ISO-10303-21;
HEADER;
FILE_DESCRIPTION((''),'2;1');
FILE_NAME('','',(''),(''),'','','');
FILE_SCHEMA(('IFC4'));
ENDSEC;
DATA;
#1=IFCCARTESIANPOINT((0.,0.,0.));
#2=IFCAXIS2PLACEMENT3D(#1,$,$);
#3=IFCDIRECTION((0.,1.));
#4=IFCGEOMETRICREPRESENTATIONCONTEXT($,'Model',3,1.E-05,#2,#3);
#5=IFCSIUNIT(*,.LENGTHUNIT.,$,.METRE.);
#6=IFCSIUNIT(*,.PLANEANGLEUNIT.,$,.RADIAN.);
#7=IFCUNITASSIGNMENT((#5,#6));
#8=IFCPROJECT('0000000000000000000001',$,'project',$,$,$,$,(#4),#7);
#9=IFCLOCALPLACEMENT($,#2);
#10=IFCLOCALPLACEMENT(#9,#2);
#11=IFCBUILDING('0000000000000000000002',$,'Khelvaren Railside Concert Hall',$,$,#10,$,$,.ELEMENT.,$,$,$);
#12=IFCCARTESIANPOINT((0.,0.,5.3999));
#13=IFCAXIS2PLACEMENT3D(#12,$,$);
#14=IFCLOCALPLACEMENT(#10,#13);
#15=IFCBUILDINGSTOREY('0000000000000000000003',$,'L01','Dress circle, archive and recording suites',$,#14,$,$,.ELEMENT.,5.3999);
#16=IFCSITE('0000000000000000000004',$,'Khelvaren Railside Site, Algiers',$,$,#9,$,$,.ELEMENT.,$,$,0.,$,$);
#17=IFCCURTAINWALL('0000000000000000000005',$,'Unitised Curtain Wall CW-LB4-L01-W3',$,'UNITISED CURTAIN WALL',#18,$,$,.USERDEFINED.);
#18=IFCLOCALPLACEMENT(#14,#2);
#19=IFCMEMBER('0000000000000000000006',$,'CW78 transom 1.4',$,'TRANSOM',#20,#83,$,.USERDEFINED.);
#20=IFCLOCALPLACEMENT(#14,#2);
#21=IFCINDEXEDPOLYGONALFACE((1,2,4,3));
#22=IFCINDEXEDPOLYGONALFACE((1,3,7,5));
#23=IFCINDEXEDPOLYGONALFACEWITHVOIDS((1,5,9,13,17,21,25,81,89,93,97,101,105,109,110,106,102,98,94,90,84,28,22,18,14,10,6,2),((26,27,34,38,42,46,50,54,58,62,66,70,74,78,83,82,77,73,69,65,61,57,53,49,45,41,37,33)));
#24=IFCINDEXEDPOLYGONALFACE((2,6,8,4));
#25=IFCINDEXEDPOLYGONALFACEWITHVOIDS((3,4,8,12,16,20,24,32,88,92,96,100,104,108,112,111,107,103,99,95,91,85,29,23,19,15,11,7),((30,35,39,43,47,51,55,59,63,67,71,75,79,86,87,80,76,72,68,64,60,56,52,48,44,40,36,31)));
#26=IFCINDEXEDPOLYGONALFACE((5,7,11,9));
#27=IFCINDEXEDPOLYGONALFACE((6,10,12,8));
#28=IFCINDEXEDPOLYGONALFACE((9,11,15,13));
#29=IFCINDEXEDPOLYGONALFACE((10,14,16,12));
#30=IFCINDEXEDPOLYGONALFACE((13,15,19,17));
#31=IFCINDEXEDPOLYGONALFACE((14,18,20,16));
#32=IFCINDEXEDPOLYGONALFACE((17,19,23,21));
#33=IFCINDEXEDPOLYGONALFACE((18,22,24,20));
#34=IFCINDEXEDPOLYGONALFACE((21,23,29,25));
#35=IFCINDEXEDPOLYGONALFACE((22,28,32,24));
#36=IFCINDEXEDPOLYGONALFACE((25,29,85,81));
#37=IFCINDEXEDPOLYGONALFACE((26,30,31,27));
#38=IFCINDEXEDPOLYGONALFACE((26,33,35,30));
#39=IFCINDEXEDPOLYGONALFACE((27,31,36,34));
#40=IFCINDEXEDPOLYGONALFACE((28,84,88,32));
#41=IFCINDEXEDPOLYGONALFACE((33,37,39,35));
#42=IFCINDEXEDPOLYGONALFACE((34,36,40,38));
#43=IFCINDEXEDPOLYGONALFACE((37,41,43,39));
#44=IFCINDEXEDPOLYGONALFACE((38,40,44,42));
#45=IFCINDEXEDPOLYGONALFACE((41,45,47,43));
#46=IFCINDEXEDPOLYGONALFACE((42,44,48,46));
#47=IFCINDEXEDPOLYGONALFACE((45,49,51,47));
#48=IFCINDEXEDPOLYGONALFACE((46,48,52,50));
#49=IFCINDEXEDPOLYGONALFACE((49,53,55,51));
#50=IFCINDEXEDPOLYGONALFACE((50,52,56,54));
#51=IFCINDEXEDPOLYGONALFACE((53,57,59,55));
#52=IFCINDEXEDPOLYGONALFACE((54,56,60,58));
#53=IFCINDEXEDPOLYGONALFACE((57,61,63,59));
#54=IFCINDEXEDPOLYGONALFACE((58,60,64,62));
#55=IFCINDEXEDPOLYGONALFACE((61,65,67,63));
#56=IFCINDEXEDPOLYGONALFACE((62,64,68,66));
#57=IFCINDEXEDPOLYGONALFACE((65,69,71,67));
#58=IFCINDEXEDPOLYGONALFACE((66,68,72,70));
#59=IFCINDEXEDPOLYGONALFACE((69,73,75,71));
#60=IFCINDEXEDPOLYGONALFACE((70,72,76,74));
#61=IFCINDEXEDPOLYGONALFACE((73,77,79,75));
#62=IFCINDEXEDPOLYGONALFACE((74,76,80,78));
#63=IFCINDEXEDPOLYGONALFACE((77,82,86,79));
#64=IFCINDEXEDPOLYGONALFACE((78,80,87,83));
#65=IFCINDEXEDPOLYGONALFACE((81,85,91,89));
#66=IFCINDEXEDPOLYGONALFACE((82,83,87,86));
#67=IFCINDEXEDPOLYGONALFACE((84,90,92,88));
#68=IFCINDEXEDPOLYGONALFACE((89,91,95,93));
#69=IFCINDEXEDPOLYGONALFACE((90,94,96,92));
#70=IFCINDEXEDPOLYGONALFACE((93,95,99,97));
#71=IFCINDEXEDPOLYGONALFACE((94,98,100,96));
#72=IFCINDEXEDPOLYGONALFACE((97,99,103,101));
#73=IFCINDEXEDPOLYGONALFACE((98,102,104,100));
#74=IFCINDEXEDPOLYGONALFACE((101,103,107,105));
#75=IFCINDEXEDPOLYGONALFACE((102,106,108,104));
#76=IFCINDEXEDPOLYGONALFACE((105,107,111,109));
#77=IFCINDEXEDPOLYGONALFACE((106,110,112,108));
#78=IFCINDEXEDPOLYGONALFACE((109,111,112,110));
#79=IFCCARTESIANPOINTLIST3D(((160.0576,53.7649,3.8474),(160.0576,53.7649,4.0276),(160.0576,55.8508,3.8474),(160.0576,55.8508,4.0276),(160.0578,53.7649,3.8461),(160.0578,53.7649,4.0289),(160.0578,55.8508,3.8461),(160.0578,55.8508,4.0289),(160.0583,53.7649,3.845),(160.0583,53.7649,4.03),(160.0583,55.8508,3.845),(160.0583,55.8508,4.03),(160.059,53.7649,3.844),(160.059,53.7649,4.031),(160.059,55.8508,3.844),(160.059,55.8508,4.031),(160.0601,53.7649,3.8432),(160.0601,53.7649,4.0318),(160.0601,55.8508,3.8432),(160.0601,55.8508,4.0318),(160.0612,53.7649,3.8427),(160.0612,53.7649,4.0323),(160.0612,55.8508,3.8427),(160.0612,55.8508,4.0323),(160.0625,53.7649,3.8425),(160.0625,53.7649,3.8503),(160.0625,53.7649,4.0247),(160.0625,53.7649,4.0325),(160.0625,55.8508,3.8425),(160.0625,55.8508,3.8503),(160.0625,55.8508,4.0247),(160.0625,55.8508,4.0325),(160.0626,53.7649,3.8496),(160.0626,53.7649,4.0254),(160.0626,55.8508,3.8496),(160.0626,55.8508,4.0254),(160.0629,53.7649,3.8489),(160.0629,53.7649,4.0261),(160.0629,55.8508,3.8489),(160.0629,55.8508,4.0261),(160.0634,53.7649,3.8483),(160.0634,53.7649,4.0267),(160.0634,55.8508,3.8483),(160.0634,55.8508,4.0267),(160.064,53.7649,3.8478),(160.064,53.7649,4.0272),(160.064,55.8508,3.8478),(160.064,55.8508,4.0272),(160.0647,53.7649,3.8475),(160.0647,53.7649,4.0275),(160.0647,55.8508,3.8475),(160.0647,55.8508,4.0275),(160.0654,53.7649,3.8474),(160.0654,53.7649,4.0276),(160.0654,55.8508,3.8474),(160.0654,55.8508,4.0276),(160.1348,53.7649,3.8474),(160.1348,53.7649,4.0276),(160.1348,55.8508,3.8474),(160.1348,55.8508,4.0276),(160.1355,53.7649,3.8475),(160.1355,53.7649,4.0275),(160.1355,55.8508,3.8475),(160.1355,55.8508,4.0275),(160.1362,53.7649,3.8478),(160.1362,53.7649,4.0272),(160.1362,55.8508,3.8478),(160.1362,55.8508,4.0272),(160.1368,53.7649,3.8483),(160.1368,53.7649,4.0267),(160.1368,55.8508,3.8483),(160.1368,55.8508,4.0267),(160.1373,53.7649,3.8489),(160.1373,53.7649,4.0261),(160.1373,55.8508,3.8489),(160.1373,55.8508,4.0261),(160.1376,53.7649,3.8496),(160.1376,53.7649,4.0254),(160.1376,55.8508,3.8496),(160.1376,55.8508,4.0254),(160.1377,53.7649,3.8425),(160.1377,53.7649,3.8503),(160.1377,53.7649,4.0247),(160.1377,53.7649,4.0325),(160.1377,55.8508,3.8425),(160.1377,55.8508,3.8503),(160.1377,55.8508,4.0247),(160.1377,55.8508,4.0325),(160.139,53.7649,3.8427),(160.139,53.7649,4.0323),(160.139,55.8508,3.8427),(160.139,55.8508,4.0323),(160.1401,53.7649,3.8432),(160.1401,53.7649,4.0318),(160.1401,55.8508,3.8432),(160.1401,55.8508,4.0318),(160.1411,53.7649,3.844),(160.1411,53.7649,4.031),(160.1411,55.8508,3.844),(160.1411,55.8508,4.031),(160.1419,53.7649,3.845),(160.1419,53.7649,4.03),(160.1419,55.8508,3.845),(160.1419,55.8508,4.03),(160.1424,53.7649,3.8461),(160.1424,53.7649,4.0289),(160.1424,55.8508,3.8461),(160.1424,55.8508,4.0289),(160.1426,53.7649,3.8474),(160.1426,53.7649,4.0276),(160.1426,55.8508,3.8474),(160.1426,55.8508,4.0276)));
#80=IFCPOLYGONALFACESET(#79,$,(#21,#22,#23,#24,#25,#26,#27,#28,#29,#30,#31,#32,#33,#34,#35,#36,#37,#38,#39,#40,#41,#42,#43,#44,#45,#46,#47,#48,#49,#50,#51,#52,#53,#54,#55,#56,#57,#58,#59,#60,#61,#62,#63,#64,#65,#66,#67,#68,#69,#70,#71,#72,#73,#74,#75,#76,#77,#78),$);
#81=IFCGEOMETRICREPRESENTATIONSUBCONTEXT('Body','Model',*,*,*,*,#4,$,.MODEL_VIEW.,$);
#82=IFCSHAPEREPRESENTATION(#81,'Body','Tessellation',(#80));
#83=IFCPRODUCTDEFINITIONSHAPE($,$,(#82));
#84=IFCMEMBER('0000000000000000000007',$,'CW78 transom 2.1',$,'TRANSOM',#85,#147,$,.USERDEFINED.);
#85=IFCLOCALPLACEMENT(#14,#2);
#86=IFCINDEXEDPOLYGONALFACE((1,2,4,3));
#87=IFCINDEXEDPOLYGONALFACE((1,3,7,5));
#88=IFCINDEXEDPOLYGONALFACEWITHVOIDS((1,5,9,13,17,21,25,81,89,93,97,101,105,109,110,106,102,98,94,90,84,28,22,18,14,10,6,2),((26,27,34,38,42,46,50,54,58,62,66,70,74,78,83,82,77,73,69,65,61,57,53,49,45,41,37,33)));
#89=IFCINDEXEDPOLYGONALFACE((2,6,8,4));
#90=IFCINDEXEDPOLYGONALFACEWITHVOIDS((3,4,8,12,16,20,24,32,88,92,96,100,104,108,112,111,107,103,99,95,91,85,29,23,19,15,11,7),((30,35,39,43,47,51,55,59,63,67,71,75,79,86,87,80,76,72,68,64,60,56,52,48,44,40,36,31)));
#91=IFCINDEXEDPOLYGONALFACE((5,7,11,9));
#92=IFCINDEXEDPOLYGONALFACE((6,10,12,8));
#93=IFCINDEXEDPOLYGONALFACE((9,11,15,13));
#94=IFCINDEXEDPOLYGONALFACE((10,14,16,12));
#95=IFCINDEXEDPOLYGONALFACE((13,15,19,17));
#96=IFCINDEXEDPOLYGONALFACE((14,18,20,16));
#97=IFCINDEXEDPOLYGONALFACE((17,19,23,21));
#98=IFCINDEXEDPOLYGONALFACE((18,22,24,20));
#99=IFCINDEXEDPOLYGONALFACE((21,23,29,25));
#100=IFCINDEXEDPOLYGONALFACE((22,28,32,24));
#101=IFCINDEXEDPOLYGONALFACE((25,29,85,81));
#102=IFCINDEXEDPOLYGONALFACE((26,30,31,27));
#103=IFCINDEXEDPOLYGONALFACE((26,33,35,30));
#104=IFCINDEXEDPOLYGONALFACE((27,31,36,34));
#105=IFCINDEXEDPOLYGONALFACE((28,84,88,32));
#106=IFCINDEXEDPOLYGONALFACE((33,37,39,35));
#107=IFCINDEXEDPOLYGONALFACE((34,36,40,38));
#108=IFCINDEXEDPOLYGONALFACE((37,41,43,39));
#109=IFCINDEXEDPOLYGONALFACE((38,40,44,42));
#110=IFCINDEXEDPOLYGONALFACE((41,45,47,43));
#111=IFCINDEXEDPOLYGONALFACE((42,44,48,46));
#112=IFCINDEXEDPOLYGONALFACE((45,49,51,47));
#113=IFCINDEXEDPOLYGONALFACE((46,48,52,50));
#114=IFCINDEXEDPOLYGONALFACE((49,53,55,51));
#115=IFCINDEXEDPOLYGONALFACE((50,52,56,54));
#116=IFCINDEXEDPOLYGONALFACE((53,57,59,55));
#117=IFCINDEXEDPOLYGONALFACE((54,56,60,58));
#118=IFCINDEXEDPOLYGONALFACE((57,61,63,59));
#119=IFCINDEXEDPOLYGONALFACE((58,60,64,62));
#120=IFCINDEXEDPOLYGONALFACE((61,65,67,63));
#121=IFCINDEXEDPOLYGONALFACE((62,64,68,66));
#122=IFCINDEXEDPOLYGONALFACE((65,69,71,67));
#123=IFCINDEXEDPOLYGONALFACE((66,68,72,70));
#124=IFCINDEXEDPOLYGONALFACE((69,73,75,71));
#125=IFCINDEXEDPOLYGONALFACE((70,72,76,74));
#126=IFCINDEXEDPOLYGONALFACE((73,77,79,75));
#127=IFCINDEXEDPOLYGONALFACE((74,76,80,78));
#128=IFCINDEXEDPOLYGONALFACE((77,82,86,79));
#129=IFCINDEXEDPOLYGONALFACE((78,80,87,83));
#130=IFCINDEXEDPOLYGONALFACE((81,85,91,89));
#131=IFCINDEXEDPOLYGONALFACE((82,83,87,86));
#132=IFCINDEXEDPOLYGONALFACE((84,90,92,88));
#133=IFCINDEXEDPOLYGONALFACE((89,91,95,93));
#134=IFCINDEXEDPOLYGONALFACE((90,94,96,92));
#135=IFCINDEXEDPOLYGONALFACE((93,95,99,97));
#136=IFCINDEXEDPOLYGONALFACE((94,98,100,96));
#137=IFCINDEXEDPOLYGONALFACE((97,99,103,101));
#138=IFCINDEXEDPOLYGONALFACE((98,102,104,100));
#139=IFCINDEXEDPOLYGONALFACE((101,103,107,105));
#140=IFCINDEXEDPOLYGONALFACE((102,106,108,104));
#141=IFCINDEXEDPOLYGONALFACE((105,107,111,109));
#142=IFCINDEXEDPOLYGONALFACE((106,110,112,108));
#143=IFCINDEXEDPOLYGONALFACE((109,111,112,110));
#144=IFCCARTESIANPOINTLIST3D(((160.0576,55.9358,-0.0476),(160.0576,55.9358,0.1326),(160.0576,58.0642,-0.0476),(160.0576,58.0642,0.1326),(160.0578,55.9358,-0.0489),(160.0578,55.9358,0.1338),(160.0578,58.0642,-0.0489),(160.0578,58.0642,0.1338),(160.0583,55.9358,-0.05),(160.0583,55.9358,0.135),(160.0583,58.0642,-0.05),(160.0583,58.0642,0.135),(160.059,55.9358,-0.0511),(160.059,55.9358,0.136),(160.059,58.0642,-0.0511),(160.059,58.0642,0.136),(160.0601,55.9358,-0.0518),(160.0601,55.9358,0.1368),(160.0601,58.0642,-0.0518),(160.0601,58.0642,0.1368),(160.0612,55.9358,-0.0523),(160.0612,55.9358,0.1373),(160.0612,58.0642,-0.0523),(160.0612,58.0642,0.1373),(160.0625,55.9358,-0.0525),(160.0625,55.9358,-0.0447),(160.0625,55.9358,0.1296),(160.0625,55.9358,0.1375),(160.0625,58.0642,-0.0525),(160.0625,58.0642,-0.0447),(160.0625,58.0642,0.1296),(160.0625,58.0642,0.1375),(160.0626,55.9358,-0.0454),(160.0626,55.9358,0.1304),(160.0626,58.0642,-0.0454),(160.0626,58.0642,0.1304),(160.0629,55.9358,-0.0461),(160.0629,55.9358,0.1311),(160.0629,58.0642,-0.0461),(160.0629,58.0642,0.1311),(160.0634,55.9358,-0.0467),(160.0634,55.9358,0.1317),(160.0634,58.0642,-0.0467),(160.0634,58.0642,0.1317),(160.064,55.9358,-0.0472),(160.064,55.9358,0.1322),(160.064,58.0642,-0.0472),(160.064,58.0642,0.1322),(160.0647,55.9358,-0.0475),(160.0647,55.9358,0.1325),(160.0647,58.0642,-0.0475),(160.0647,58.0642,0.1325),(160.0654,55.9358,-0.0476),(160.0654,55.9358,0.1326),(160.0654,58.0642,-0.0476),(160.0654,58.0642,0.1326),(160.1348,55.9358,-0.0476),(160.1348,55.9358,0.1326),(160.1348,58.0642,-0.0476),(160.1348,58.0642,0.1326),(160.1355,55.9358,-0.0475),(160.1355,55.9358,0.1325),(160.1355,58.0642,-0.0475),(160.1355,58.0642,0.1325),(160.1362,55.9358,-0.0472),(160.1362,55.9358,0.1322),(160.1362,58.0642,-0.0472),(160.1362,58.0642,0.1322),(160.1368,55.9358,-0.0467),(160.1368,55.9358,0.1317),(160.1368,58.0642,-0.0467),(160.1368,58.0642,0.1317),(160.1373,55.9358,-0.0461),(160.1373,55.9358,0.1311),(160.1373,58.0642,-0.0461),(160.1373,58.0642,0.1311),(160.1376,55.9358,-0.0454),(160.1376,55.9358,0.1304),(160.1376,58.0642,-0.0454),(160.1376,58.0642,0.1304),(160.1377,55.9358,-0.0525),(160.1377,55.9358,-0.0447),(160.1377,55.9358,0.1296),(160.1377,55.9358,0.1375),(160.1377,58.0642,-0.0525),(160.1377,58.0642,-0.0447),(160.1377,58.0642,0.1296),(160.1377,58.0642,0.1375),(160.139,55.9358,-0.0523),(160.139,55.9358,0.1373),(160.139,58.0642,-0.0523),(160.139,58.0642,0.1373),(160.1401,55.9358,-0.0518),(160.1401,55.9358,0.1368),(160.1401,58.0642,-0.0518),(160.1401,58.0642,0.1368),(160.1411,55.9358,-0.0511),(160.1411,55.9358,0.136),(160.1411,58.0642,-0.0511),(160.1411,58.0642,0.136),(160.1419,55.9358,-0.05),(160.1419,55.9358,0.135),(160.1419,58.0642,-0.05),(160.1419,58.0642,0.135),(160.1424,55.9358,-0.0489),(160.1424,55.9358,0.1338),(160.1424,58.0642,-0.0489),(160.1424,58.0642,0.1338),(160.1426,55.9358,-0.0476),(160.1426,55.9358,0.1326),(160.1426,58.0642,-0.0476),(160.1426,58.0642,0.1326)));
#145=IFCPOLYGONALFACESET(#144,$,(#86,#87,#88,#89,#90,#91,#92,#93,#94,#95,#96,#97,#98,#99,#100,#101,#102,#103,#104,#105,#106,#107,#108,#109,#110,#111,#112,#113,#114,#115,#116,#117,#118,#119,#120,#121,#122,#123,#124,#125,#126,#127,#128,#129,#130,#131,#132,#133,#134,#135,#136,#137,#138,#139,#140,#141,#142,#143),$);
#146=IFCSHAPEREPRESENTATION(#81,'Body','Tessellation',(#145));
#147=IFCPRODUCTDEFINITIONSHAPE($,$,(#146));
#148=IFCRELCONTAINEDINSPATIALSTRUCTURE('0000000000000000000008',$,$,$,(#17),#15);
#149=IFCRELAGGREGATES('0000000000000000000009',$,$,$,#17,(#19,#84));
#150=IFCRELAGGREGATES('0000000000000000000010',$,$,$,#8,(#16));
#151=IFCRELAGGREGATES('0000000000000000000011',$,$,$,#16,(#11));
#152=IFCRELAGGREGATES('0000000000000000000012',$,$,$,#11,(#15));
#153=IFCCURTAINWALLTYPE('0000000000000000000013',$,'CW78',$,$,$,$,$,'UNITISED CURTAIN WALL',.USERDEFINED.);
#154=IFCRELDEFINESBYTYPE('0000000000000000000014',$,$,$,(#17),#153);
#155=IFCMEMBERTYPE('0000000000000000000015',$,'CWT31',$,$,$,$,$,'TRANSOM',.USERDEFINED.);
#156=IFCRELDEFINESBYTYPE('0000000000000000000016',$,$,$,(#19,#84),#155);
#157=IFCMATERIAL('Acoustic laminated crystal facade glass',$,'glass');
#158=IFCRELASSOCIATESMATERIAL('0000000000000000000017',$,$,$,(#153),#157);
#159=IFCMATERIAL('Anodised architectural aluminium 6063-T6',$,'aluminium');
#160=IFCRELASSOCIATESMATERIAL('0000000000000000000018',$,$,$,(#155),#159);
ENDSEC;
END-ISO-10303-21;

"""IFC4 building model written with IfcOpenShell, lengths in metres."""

from ifc_helpers import new_model, si_unit, direction, frame, origin, origin_2d, place, context, subcontext, project, spatial, hollow_rectangle, extrude, material, material_profile, profile_set, type_object, element, aggregate, save


model = new_model("IFC4")

# Units and contexts
model_context = context("Model", 3, precision=1e-05, world=origin(), true_north=direction((0.0, 1.0)))
body_context = subcontext(model_context, "Body", "Model", "MODEL_VIEW")
ifc_project = project(units=[si_unit("LENGTHUNIT", "METRE"), si_unit("PLANEANGLEUNIT", "RADIAN")], contexts=[model_context])

# Site, building, storey
site_placement = place(None, origin())
site = spatial("IfcSite", under=ifc_project, at=site_placement, Name="Khelvaren Railside Site, Algiers", CompositionType="ELEMENT", RefElevation=0.0)
building_placement = place(site_placement, origin())
building = spatial("IfcBuilding", under=site, at=building_placement, Name="Khelvaren Railside Concert Hall", CompositionType="ELEMENT")
storey_placement = place(building_placement, frame((0.0, 0.0, 5.3999)))
storey = spatial("IfcBuildingStorey", under=building, at=storey_placement, Name="L01", Description="Dress circle, archive and recording suites", CompositionType="ELEMENT", Elevation=5.3999)

# Curtain wall, members
ifc_material_1 = material(Name="Acoustic laminated crystal facade glass", Category="glass")
curtain_wall_type = type_object("IfcCurtainWallType", Name="CW78", ElementType="UNITISED CURTAIN WALL", PredefinedType="USERDEFINED", material=ifc_material_1)
curtain_wall_placement = place(storey_placement, origin())
curtain_wall = element("IfcCurtainWall", 1, at=curtain_wall_placement, inside=storey, type_object=curtain_wall_type, Name="Unitised Curtain Wall CW-LB4-L01-W3", ObjectType="UNITISED CURTAIN WALL", PredefinedType="USERDEFINED")
ifc_material_2 = material(Name="Anodised architectural aluminium 6063-T6", Category="aluminium")
ifc_material_profile_1 = material_profile(ifc_material_2, hollow_rectangle(XDim=0.085, YDim=0.1899, WallThickness=0.0049, InnerFilletRadius=0.0029, OuterFilletRadius=0.0049, at=origin_2d()), Name="CWT 85x190x5")
ifc_profile_set_1 = profile_set([ifc_material_profile_1], Name="Anodised architectural aluminium 6063-T6")
member_type_1 = type_object("IfcMemberType", Name="CWT31", ElementType="TRANSOM", PredefinedType="USERDEFINED", material=ifc_profile_set_1)
member_1_placement = place(storey_placement, frame((160.1001, 53.7649, 3.9375), z_axis=(0.0, 1.0, 0.0), x_axis=(-1.0, 0.0, 0.0)))
member_1 = element("IfcMember", 2, at=member_1_placement, type_object=member_type_1, Name="CW78 transom 1.4", ObjectType="TRANSOM", PredefinedType="USERDEFINED", context=body_context, shape_type="SweptSolid", body=[
    extrude(hollow_rectangle(XDim=0.085, YDim=0.1899, WallThickness=0.0049, InnerFilletRadius=0.0029, OuterFilletRadius=0.0049, at=origin_2d()), origin(), (0.0, 0.0, 1.0), 2.0859),
])
member_2_placement = place(storey_placement, frame((160.1001, 55.9358, 0.0425), z_axis=(0.0, 1.0, 0.0), x_axis=(-1.0, 0.0, 0.0)))
member_2 = element("IfcMember", 3, at=member_2_placement, type_object=member_type_1, Name="CW78 transom 2.1", ObjectType="TRANSOM", PredefinedType="USERDEFINED", context=body_context, shape_type="SweptSolid", body=[
    extrude(hollow_rectangle(XDim=0.085, YDim=0.1899, WallThickness=0.0049, InnerFilletRadius=0.0029, OuterFilletRadius=0.0049, at=origin_2d()), origin(), (0.0, 0.0, 1.0), 2.1284),
])

aggregate(curtain_wall, [member_1, member_2])

save(model, "model.ifc")
